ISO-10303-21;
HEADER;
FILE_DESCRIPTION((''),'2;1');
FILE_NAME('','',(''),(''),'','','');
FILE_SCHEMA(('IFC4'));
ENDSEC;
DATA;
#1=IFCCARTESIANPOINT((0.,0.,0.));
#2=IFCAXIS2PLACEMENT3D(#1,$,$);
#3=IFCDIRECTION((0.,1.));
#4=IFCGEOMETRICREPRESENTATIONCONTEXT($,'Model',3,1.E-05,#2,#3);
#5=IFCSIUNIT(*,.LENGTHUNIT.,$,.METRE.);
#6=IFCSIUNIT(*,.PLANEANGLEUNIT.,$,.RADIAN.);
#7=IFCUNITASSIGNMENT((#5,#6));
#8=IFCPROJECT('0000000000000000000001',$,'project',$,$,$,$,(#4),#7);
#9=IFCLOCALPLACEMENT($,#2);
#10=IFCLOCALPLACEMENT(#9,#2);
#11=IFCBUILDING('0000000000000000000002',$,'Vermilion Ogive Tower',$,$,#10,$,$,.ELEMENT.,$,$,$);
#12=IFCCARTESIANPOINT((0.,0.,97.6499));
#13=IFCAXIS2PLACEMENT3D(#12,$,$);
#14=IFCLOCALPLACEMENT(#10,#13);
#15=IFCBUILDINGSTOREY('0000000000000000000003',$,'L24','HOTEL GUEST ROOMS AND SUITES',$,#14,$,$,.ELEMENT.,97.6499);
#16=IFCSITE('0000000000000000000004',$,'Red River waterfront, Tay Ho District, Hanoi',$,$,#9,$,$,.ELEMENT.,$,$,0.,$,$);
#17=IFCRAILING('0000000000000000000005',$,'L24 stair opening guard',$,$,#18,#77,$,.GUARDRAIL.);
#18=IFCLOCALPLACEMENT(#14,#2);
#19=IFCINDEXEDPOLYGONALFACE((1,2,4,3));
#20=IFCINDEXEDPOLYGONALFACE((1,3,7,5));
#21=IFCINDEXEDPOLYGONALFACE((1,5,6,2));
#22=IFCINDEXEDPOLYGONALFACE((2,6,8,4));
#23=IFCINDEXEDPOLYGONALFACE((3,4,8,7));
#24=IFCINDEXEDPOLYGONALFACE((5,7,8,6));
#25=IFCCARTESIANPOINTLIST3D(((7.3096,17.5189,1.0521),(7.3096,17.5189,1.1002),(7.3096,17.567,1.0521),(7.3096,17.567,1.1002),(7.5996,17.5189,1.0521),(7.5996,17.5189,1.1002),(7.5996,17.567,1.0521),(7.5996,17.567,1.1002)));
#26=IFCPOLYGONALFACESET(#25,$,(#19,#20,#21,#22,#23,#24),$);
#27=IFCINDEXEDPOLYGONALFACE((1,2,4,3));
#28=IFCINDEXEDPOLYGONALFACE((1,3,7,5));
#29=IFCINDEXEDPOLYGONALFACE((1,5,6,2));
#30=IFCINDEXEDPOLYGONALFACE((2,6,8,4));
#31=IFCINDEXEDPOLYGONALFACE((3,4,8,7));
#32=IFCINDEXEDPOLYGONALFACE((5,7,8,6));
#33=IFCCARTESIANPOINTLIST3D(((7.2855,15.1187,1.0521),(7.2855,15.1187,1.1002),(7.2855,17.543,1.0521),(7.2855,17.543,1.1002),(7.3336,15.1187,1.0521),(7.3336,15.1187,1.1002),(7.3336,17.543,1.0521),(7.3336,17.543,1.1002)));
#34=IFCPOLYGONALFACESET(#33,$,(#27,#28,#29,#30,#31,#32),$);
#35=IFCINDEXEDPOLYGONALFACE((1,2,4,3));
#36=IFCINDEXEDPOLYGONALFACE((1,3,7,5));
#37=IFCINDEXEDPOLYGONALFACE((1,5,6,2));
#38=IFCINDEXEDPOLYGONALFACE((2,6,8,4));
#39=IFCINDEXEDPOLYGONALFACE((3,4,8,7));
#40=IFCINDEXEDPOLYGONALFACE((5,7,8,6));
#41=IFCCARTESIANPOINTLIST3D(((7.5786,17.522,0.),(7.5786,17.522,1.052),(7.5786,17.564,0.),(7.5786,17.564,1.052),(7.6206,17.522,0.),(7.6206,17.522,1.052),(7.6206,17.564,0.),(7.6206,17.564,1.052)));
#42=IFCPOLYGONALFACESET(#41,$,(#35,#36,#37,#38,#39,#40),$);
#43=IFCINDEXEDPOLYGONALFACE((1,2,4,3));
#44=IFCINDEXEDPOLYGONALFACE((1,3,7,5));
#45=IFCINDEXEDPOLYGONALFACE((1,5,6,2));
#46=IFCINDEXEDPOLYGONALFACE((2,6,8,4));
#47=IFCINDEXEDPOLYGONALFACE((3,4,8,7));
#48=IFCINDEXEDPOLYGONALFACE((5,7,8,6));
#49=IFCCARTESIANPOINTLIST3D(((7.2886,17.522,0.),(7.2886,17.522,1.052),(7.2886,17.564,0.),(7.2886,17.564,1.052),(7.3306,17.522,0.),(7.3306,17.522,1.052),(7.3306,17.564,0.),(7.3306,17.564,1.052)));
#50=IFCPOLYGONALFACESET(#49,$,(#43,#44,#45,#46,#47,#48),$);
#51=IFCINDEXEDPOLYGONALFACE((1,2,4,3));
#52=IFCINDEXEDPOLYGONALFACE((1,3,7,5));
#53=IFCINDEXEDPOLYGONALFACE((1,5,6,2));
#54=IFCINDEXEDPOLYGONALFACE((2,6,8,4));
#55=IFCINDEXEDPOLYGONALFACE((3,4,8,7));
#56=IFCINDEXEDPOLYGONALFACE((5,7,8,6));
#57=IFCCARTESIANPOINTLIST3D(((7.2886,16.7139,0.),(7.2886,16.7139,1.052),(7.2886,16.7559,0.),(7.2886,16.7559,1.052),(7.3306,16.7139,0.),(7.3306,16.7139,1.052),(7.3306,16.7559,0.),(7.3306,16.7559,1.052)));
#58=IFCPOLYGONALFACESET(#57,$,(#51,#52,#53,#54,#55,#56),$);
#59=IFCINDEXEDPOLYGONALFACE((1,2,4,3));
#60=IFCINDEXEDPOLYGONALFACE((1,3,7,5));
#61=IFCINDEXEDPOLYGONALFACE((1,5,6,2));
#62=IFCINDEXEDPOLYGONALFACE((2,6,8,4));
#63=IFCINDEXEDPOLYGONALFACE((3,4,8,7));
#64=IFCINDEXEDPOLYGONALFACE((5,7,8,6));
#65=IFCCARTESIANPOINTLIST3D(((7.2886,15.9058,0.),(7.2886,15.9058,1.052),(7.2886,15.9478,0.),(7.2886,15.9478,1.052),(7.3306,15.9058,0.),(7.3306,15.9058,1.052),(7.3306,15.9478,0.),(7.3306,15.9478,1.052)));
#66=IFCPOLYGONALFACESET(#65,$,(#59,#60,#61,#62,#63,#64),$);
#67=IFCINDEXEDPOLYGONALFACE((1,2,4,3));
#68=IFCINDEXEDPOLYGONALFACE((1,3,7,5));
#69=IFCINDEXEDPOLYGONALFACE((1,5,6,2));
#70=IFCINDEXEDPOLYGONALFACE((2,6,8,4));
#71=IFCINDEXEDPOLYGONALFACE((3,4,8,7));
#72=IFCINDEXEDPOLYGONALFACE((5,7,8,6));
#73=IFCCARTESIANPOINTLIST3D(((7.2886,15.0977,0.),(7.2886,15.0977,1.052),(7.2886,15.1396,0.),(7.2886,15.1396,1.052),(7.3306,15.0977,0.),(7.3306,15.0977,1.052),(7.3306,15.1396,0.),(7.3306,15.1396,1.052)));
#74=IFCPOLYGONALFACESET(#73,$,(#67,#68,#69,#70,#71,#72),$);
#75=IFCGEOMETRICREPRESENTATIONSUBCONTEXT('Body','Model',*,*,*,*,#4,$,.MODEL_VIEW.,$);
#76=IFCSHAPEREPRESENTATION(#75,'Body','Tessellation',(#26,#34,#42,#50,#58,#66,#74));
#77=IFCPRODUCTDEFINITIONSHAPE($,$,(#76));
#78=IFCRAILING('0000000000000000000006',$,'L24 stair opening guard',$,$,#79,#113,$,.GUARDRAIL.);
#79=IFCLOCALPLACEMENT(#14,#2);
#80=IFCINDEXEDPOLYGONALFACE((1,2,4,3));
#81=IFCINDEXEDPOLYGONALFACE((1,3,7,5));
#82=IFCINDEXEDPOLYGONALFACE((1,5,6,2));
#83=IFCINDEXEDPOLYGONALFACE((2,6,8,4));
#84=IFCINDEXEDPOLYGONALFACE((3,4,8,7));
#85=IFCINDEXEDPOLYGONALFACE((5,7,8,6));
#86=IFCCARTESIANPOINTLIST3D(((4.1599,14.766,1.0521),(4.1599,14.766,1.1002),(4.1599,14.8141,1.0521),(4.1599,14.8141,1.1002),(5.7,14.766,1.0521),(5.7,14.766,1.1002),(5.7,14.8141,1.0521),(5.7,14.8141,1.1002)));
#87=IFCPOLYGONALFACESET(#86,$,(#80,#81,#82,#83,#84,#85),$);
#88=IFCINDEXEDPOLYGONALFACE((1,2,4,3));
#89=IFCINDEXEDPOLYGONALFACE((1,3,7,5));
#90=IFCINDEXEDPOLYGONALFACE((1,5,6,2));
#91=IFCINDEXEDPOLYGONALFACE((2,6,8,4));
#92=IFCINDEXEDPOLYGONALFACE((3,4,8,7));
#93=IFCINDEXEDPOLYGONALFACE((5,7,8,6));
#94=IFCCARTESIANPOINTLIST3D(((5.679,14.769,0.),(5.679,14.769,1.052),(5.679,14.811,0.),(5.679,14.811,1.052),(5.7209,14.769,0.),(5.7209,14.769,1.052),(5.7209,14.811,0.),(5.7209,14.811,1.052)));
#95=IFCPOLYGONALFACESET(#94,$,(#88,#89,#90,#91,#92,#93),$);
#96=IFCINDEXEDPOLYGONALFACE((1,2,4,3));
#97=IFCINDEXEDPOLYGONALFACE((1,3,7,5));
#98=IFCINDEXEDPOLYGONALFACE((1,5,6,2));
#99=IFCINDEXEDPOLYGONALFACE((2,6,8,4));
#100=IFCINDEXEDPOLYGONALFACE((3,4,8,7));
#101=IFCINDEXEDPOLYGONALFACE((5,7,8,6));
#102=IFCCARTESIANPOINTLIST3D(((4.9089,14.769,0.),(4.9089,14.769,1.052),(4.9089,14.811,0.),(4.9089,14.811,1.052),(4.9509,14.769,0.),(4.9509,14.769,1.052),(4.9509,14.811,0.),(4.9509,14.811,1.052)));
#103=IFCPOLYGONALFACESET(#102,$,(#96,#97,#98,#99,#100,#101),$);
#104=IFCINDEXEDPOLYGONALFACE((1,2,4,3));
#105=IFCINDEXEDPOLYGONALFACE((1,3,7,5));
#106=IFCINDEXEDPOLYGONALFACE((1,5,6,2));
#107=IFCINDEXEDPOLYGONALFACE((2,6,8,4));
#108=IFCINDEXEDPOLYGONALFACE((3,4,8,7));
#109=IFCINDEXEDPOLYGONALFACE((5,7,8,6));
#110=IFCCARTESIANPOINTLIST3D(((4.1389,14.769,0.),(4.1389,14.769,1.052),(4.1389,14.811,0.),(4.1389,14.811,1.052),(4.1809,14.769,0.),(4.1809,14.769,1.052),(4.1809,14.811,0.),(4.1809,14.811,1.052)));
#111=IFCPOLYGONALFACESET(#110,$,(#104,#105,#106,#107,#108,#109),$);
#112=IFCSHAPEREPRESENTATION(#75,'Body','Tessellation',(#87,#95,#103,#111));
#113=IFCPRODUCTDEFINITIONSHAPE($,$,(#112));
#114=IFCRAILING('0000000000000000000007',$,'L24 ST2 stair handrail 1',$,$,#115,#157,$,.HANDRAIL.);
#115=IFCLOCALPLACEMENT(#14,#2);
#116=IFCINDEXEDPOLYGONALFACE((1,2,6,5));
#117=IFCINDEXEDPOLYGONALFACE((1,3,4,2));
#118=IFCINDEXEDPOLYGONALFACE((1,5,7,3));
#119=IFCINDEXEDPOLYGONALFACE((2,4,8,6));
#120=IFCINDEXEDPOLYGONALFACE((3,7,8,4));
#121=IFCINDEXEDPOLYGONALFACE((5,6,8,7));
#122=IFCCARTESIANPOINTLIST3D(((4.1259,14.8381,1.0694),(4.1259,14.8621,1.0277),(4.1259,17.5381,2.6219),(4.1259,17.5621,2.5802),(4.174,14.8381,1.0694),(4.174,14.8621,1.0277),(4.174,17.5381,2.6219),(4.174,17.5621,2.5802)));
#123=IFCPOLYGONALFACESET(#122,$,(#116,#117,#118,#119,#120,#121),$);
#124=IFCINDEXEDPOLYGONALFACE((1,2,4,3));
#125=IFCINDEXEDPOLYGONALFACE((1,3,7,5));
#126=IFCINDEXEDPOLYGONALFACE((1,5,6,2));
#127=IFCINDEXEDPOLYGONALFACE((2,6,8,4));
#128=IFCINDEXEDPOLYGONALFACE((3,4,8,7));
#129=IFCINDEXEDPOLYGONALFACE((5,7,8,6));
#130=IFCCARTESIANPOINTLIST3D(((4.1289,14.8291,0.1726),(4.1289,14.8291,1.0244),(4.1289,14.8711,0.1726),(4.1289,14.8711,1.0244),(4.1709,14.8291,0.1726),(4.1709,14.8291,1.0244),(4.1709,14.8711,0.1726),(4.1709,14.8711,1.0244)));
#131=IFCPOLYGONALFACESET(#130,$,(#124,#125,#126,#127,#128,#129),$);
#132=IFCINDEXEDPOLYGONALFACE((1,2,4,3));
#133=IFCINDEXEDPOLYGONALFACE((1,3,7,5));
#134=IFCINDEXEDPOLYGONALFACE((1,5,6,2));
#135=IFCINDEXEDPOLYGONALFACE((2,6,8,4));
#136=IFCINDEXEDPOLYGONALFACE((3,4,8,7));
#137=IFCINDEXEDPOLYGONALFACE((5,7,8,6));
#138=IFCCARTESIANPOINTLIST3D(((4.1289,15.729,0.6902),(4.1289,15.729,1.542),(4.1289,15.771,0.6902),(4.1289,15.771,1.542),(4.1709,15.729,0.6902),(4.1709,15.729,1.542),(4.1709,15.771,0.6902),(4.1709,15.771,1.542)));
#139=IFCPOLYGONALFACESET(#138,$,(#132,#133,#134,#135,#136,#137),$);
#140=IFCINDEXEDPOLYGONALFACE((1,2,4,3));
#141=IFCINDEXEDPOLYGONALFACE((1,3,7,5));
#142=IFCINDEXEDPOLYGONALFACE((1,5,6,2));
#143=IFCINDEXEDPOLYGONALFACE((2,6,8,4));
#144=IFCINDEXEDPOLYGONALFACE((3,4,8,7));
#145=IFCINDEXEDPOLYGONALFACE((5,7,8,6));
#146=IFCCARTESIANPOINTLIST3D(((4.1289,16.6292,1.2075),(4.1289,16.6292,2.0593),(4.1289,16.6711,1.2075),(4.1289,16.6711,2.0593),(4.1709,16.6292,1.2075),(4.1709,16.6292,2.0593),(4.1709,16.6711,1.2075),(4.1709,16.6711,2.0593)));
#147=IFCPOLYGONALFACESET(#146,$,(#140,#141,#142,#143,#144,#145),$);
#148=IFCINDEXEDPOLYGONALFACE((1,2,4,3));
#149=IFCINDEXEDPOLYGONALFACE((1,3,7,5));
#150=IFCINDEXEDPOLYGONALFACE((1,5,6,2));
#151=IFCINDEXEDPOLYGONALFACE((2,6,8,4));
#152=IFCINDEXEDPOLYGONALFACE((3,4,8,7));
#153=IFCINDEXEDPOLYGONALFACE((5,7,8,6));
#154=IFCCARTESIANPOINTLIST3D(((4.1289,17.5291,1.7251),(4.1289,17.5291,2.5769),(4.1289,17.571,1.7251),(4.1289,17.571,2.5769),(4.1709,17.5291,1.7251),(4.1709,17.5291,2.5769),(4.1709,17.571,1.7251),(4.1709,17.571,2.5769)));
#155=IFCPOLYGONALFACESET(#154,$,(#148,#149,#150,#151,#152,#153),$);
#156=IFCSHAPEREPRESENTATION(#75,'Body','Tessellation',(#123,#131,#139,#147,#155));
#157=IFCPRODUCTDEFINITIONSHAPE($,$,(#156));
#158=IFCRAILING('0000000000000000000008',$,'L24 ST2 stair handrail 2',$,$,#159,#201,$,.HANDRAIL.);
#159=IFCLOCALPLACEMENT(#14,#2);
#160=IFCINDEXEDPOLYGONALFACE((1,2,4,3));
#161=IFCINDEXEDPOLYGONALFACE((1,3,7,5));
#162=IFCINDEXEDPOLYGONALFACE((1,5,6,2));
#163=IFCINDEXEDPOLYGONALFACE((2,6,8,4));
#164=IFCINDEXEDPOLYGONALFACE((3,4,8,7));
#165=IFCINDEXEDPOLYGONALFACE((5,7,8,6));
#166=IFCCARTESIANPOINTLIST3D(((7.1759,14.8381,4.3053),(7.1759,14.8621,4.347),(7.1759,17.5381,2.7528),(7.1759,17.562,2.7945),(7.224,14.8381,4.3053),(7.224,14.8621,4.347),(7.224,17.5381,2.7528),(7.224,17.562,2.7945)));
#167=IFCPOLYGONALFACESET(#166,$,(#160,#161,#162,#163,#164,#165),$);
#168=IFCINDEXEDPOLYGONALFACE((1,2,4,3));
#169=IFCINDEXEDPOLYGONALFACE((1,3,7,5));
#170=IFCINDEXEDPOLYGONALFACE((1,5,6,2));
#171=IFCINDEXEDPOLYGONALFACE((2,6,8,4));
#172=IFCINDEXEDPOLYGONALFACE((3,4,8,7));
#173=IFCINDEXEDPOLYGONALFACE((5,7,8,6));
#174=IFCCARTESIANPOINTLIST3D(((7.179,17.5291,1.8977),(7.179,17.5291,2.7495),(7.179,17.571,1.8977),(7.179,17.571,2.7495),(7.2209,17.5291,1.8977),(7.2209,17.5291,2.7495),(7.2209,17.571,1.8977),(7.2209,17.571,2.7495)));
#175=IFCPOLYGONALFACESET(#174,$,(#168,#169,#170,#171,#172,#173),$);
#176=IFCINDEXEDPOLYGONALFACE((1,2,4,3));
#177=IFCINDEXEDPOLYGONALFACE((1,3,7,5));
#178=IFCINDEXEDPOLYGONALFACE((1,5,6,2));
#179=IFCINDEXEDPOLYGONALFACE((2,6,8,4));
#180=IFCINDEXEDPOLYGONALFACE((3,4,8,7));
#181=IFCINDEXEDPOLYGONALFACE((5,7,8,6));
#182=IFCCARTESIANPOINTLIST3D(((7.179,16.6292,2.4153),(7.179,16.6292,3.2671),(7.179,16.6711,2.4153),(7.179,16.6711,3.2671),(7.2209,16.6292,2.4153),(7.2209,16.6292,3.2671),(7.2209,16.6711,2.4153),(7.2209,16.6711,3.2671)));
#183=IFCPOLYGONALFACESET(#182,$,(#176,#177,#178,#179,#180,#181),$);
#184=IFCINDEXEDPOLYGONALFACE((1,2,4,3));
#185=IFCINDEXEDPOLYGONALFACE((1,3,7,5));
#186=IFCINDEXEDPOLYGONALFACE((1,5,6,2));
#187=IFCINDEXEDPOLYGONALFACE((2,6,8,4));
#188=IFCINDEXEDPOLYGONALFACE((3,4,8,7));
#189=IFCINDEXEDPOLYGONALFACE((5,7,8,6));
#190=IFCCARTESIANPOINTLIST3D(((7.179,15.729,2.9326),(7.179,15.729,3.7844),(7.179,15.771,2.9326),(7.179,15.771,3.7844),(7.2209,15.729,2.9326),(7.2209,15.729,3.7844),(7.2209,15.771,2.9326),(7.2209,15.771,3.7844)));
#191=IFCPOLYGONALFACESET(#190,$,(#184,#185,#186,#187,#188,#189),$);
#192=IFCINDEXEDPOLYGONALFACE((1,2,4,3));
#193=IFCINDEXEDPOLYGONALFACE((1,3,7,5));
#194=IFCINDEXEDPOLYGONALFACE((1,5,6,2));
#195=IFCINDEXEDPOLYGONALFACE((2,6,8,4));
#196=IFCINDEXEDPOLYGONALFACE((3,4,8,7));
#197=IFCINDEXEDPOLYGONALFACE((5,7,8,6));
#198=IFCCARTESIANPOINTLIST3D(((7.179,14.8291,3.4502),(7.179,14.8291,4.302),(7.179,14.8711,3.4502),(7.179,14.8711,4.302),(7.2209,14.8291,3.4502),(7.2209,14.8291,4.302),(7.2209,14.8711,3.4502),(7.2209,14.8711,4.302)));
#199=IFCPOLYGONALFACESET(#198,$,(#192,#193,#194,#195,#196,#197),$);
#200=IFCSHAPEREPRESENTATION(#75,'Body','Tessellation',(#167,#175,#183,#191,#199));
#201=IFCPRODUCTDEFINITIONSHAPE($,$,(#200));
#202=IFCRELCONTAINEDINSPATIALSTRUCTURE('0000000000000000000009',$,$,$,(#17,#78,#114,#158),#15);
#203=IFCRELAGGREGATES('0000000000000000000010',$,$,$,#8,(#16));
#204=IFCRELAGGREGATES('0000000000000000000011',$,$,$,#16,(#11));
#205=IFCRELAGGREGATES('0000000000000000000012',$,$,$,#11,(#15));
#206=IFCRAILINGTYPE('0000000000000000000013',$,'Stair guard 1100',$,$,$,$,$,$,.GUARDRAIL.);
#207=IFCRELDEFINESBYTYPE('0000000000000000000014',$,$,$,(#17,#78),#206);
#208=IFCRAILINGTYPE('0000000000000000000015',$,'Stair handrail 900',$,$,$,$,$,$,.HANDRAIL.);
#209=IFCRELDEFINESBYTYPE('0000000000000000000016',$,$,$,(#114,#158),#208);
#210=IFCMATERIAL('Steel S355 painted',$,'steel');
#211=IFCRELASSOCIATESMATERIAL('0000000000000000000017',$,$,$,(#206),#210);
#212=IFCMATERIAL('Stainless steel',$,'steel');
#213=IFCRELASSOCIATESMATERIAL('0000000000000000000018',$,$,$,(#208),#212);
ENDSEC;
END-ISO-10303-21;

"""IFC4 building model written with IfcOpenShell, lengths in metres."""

from ifc_helpers import new_model, si_unit, direction, frame, origin, origin_2d, place, context, subcontext, project, spatial, rectangle, extrude, material, type_object, element, save


model = new_model("IFC4")

# Units and contexts
model_context = context("Model", 3, precision=1e-05, world=origin(), true_north=direction((0.0, 1.0)))
body_context = subcontext(model_context, "Body", "Model", "MODEL_VIEW")
ifc_project = project(units=[si_unit("LENGTHUNIT", "METRE"), si_unit("PLANEANGLEUNIT", "RADIAN")], contexts=[model_context])

# Site, building, storey
site_placement = place(None, origin())
site = spatial("IfcSite", under=ifc_project, at=site_placement, Name="Red River waterfront, Tay Ho District, Hanoi", CompositionType="ELEMENT", RefElevation=0.0)
building_placement = place(site_placement, origin())
building = spatial("IfcBuilding", under=site, at=building_placement, Name="Vermilion Ogive Tower", CompositionType="ELEMENT")
storey_placement = place(building_placement, frame((0.0, 0.0, 97.6499)))
storey = spatial("IfcBuildingStorey", under=building, at=storey_placement, Name="L24", Description="HOTEL GUEST ROOMS AND SUITES", CompositionType="ELEMENT", Elevation=97.6499)

# Railings
ifc_material_1 = material(Name="Steel S355 painted", Category="steel")
railing_type_1 = type_object("IfcRailingType", Name="Stair guard 1100", PredefinedType="GUARDRAIL", material=ifc_material_1)
railing_1_placement = place(storey_placement, frame((7.5996, 17.543, 0.0)))
element("IfcRailing", 1, at=railing_1_placement, inside=storey, type_object=railing_type_1, Name="L24 stair opening guard", PredefinedType="GUARDRAIL", context=body_context, shape_type="SweptSolid", body=[
    extrude(rectangle(XDim=0.0481, YDim=0.0481, at=origin_2d()), frame((0.0, 0.0, 1.0762), z_axis=(-1.0, 0.0, 0.0), x_axis=(0.0, -1.0, 0.0)), (0.0, 0.0, 1.0), 0.29),
    extrude(rectangle(XDim=0.0481, YDim=0.0481, at=origin_2d()), frame((-0.29, 0.0, 1.0762), z_axis=(0.0, -1.0, 0.0), x_axis=(1.0, 0.0, 0.0)), (0.0, 0.0, 1.0), 2.4243),
    extrude(rectangle(XDim=0.042, YDim=0.042, at=origin_2d()), origin(), (0.0, 0.0, 1.0), 1.052),
    extrude(rectangle(XDim=0.042, YDim=0.042, at=origin_2d()), frame((-0.29, 0.0, 0.0)), (0.0, 0.0, 1.0), 1.052),
    extrude(rectangle(XDim=0.042, YDim=0.042, at=origin_2d()), frame((-0.29, -0.8081, 0.0)), (0.0, 0.0, 1.0), 1.052),
    extrude(rectangle(XDim=0.042, YDim=0.042, at=origin_2d()), frame((-0.29, -1.6162, 0.0)), (0.0, 0.0, 1.0), 1.052),
    extrude(rectangle(XDim=0.042, YDim=0.042, at=origin_2d()), frame((-0.29, -2.4243, 0.0)), (0.0, 0.0, 1.0), 1.052),
])
railing_2_placement = place(storey_placement, frame((5.7, 14.79, 0.0)))
element("IfcRailing", 2, at=railing_2_placement, inside=storey, type_object=railing_type_1, Name="L24 stair opening guard", PredefinedType="GUARDRAIL", context=body_context, shape_type="SweptSolid", body=[
    extrude(rectangle(XDim=0.0481, YDim=0.0481, at=origin_2d()), frame((0.0, 0.0, 1.0762), z_axis=(-1.0, 0.0, 0.0), x_axis=(0.0, -1.0, 0.0)), (0.0, 0.0, 1.0), 1.54),
    extrude(rectangle(XDim=0.042, YDim=0.042, at=origin_2d()), origin(), (0.0, 0.0, 1.0), 1.052),
    extrude(rectangle(XDim=0.042, YDim=0.042, at=origin_2d()), frame((-0.77, 0.0, 0.0)), (0.0, 0.0, 1.0), 1.052),
    extrude(rectangle(XDim=0.042, YDim=0.042, at=origin_2d()), frame((-1.54, 0.0, 0.0)), (0.0, 0.0, 1.0), 1.052),
])
ifc_material_2 = material(Name="Stainless steel", Category="steel")
railing_type_2 = type_object("IfcRailingType", Name="Stair handrail 900", PredefinedType="HANDRAIL", material=ifc_material_2)
railing_3_placement = place(storey_placement, frame((4.1499, 14.8501, 0.1726)))
element("IfcRailing", 3, at=railing_3_placement, inside=storey, type_object=railing_type_2, Name="L24 ST2 stair handrail 1", PredefinedType="HANDRAIL", context=body_context, shape_type="SweptSolid", body=[
    extrude(rectangle(XDim=0.0481, YDim=0.0481, at=origin_2d()), frame((0.0, 0.0, 0.876), z_axis=(0.0, 0.866904, 0.498476), x_axis=(-1.0, 0.0, 0.0)), (0.0, 0.0, 1.0), 3.1145),
    extrude(rectangle(XDim=0.042, YDim=0.042, at=origin_2d()), origin(), (0.0, 0.0, 1.0), 0.8518),
    extrude(rectangle(XDim=0.042, YDim=0.042, at=origin_2d()), frame((0.0, 0.8999, 0.5176)), (0.0, 0.0, 1.0), 0.8518),
    extrude(rectangle(XDim=0.042, YDim=0.042, at=origin_2d()), frame((0.0, 1.8, 1.0349)), (0.0, 0.0, 1.0), 0.8518),
    extrude(rectangle(XDim=0.042, YDim=0.042, at=origin_2d()), frame((0.0, 2.7, 1.5525)), (0.0, 0.0, 1.0), 0.8518),
])
railing_4_placement = place(storey_placement, frame((7.2, 17.55, 1.8977)))
element("IfcRailing", 4, at=railing_4_placement, inside=storey, type_object=railing_type_2, Name="L24 ST2 stair handrail 2", PredefinedType="HANDRAIL", context=body_context, shape_type="SweptSolid", body=[
    extrude(rectangle(XDim=0.0481, YDim=0.0481, at=origin_2d()), frame((0.0, 0.0, 0.876), z_axis=(0.0, -0.866904, 0.498476), x_axis=(1.0, 0.0, 0.0)), (0.0, 0.0, 1.0), 3.1145),
    extrude(rectangle(XDim=0.042, YDim=0.042, at=origin_2d()), origin(), (0.0, 0.0, 1.0), 0.8518),
    extrude(rectangle(XDim=0.042, YDim=0.042, at=origin_2d()), frame((0.0, -0.8999, 0.5176)), (0.0, 0.0, 1.0), 0.8518),
    extrude(rectangle(XDim=0.042, YDim=0.042, at=origin_2d()), frame((0.0, -1.8, 1.0349)), (0.0, 0.0, 1.0), 0.8518),
    extrude(rectangle(XDim=0.042, YDim=0.042, at=origin_2d()), frame((0.0, -2.7, 1.5525)), (0.0, 0.0, 1.0), 0.8518),
])

save(model, "model.ifc")
